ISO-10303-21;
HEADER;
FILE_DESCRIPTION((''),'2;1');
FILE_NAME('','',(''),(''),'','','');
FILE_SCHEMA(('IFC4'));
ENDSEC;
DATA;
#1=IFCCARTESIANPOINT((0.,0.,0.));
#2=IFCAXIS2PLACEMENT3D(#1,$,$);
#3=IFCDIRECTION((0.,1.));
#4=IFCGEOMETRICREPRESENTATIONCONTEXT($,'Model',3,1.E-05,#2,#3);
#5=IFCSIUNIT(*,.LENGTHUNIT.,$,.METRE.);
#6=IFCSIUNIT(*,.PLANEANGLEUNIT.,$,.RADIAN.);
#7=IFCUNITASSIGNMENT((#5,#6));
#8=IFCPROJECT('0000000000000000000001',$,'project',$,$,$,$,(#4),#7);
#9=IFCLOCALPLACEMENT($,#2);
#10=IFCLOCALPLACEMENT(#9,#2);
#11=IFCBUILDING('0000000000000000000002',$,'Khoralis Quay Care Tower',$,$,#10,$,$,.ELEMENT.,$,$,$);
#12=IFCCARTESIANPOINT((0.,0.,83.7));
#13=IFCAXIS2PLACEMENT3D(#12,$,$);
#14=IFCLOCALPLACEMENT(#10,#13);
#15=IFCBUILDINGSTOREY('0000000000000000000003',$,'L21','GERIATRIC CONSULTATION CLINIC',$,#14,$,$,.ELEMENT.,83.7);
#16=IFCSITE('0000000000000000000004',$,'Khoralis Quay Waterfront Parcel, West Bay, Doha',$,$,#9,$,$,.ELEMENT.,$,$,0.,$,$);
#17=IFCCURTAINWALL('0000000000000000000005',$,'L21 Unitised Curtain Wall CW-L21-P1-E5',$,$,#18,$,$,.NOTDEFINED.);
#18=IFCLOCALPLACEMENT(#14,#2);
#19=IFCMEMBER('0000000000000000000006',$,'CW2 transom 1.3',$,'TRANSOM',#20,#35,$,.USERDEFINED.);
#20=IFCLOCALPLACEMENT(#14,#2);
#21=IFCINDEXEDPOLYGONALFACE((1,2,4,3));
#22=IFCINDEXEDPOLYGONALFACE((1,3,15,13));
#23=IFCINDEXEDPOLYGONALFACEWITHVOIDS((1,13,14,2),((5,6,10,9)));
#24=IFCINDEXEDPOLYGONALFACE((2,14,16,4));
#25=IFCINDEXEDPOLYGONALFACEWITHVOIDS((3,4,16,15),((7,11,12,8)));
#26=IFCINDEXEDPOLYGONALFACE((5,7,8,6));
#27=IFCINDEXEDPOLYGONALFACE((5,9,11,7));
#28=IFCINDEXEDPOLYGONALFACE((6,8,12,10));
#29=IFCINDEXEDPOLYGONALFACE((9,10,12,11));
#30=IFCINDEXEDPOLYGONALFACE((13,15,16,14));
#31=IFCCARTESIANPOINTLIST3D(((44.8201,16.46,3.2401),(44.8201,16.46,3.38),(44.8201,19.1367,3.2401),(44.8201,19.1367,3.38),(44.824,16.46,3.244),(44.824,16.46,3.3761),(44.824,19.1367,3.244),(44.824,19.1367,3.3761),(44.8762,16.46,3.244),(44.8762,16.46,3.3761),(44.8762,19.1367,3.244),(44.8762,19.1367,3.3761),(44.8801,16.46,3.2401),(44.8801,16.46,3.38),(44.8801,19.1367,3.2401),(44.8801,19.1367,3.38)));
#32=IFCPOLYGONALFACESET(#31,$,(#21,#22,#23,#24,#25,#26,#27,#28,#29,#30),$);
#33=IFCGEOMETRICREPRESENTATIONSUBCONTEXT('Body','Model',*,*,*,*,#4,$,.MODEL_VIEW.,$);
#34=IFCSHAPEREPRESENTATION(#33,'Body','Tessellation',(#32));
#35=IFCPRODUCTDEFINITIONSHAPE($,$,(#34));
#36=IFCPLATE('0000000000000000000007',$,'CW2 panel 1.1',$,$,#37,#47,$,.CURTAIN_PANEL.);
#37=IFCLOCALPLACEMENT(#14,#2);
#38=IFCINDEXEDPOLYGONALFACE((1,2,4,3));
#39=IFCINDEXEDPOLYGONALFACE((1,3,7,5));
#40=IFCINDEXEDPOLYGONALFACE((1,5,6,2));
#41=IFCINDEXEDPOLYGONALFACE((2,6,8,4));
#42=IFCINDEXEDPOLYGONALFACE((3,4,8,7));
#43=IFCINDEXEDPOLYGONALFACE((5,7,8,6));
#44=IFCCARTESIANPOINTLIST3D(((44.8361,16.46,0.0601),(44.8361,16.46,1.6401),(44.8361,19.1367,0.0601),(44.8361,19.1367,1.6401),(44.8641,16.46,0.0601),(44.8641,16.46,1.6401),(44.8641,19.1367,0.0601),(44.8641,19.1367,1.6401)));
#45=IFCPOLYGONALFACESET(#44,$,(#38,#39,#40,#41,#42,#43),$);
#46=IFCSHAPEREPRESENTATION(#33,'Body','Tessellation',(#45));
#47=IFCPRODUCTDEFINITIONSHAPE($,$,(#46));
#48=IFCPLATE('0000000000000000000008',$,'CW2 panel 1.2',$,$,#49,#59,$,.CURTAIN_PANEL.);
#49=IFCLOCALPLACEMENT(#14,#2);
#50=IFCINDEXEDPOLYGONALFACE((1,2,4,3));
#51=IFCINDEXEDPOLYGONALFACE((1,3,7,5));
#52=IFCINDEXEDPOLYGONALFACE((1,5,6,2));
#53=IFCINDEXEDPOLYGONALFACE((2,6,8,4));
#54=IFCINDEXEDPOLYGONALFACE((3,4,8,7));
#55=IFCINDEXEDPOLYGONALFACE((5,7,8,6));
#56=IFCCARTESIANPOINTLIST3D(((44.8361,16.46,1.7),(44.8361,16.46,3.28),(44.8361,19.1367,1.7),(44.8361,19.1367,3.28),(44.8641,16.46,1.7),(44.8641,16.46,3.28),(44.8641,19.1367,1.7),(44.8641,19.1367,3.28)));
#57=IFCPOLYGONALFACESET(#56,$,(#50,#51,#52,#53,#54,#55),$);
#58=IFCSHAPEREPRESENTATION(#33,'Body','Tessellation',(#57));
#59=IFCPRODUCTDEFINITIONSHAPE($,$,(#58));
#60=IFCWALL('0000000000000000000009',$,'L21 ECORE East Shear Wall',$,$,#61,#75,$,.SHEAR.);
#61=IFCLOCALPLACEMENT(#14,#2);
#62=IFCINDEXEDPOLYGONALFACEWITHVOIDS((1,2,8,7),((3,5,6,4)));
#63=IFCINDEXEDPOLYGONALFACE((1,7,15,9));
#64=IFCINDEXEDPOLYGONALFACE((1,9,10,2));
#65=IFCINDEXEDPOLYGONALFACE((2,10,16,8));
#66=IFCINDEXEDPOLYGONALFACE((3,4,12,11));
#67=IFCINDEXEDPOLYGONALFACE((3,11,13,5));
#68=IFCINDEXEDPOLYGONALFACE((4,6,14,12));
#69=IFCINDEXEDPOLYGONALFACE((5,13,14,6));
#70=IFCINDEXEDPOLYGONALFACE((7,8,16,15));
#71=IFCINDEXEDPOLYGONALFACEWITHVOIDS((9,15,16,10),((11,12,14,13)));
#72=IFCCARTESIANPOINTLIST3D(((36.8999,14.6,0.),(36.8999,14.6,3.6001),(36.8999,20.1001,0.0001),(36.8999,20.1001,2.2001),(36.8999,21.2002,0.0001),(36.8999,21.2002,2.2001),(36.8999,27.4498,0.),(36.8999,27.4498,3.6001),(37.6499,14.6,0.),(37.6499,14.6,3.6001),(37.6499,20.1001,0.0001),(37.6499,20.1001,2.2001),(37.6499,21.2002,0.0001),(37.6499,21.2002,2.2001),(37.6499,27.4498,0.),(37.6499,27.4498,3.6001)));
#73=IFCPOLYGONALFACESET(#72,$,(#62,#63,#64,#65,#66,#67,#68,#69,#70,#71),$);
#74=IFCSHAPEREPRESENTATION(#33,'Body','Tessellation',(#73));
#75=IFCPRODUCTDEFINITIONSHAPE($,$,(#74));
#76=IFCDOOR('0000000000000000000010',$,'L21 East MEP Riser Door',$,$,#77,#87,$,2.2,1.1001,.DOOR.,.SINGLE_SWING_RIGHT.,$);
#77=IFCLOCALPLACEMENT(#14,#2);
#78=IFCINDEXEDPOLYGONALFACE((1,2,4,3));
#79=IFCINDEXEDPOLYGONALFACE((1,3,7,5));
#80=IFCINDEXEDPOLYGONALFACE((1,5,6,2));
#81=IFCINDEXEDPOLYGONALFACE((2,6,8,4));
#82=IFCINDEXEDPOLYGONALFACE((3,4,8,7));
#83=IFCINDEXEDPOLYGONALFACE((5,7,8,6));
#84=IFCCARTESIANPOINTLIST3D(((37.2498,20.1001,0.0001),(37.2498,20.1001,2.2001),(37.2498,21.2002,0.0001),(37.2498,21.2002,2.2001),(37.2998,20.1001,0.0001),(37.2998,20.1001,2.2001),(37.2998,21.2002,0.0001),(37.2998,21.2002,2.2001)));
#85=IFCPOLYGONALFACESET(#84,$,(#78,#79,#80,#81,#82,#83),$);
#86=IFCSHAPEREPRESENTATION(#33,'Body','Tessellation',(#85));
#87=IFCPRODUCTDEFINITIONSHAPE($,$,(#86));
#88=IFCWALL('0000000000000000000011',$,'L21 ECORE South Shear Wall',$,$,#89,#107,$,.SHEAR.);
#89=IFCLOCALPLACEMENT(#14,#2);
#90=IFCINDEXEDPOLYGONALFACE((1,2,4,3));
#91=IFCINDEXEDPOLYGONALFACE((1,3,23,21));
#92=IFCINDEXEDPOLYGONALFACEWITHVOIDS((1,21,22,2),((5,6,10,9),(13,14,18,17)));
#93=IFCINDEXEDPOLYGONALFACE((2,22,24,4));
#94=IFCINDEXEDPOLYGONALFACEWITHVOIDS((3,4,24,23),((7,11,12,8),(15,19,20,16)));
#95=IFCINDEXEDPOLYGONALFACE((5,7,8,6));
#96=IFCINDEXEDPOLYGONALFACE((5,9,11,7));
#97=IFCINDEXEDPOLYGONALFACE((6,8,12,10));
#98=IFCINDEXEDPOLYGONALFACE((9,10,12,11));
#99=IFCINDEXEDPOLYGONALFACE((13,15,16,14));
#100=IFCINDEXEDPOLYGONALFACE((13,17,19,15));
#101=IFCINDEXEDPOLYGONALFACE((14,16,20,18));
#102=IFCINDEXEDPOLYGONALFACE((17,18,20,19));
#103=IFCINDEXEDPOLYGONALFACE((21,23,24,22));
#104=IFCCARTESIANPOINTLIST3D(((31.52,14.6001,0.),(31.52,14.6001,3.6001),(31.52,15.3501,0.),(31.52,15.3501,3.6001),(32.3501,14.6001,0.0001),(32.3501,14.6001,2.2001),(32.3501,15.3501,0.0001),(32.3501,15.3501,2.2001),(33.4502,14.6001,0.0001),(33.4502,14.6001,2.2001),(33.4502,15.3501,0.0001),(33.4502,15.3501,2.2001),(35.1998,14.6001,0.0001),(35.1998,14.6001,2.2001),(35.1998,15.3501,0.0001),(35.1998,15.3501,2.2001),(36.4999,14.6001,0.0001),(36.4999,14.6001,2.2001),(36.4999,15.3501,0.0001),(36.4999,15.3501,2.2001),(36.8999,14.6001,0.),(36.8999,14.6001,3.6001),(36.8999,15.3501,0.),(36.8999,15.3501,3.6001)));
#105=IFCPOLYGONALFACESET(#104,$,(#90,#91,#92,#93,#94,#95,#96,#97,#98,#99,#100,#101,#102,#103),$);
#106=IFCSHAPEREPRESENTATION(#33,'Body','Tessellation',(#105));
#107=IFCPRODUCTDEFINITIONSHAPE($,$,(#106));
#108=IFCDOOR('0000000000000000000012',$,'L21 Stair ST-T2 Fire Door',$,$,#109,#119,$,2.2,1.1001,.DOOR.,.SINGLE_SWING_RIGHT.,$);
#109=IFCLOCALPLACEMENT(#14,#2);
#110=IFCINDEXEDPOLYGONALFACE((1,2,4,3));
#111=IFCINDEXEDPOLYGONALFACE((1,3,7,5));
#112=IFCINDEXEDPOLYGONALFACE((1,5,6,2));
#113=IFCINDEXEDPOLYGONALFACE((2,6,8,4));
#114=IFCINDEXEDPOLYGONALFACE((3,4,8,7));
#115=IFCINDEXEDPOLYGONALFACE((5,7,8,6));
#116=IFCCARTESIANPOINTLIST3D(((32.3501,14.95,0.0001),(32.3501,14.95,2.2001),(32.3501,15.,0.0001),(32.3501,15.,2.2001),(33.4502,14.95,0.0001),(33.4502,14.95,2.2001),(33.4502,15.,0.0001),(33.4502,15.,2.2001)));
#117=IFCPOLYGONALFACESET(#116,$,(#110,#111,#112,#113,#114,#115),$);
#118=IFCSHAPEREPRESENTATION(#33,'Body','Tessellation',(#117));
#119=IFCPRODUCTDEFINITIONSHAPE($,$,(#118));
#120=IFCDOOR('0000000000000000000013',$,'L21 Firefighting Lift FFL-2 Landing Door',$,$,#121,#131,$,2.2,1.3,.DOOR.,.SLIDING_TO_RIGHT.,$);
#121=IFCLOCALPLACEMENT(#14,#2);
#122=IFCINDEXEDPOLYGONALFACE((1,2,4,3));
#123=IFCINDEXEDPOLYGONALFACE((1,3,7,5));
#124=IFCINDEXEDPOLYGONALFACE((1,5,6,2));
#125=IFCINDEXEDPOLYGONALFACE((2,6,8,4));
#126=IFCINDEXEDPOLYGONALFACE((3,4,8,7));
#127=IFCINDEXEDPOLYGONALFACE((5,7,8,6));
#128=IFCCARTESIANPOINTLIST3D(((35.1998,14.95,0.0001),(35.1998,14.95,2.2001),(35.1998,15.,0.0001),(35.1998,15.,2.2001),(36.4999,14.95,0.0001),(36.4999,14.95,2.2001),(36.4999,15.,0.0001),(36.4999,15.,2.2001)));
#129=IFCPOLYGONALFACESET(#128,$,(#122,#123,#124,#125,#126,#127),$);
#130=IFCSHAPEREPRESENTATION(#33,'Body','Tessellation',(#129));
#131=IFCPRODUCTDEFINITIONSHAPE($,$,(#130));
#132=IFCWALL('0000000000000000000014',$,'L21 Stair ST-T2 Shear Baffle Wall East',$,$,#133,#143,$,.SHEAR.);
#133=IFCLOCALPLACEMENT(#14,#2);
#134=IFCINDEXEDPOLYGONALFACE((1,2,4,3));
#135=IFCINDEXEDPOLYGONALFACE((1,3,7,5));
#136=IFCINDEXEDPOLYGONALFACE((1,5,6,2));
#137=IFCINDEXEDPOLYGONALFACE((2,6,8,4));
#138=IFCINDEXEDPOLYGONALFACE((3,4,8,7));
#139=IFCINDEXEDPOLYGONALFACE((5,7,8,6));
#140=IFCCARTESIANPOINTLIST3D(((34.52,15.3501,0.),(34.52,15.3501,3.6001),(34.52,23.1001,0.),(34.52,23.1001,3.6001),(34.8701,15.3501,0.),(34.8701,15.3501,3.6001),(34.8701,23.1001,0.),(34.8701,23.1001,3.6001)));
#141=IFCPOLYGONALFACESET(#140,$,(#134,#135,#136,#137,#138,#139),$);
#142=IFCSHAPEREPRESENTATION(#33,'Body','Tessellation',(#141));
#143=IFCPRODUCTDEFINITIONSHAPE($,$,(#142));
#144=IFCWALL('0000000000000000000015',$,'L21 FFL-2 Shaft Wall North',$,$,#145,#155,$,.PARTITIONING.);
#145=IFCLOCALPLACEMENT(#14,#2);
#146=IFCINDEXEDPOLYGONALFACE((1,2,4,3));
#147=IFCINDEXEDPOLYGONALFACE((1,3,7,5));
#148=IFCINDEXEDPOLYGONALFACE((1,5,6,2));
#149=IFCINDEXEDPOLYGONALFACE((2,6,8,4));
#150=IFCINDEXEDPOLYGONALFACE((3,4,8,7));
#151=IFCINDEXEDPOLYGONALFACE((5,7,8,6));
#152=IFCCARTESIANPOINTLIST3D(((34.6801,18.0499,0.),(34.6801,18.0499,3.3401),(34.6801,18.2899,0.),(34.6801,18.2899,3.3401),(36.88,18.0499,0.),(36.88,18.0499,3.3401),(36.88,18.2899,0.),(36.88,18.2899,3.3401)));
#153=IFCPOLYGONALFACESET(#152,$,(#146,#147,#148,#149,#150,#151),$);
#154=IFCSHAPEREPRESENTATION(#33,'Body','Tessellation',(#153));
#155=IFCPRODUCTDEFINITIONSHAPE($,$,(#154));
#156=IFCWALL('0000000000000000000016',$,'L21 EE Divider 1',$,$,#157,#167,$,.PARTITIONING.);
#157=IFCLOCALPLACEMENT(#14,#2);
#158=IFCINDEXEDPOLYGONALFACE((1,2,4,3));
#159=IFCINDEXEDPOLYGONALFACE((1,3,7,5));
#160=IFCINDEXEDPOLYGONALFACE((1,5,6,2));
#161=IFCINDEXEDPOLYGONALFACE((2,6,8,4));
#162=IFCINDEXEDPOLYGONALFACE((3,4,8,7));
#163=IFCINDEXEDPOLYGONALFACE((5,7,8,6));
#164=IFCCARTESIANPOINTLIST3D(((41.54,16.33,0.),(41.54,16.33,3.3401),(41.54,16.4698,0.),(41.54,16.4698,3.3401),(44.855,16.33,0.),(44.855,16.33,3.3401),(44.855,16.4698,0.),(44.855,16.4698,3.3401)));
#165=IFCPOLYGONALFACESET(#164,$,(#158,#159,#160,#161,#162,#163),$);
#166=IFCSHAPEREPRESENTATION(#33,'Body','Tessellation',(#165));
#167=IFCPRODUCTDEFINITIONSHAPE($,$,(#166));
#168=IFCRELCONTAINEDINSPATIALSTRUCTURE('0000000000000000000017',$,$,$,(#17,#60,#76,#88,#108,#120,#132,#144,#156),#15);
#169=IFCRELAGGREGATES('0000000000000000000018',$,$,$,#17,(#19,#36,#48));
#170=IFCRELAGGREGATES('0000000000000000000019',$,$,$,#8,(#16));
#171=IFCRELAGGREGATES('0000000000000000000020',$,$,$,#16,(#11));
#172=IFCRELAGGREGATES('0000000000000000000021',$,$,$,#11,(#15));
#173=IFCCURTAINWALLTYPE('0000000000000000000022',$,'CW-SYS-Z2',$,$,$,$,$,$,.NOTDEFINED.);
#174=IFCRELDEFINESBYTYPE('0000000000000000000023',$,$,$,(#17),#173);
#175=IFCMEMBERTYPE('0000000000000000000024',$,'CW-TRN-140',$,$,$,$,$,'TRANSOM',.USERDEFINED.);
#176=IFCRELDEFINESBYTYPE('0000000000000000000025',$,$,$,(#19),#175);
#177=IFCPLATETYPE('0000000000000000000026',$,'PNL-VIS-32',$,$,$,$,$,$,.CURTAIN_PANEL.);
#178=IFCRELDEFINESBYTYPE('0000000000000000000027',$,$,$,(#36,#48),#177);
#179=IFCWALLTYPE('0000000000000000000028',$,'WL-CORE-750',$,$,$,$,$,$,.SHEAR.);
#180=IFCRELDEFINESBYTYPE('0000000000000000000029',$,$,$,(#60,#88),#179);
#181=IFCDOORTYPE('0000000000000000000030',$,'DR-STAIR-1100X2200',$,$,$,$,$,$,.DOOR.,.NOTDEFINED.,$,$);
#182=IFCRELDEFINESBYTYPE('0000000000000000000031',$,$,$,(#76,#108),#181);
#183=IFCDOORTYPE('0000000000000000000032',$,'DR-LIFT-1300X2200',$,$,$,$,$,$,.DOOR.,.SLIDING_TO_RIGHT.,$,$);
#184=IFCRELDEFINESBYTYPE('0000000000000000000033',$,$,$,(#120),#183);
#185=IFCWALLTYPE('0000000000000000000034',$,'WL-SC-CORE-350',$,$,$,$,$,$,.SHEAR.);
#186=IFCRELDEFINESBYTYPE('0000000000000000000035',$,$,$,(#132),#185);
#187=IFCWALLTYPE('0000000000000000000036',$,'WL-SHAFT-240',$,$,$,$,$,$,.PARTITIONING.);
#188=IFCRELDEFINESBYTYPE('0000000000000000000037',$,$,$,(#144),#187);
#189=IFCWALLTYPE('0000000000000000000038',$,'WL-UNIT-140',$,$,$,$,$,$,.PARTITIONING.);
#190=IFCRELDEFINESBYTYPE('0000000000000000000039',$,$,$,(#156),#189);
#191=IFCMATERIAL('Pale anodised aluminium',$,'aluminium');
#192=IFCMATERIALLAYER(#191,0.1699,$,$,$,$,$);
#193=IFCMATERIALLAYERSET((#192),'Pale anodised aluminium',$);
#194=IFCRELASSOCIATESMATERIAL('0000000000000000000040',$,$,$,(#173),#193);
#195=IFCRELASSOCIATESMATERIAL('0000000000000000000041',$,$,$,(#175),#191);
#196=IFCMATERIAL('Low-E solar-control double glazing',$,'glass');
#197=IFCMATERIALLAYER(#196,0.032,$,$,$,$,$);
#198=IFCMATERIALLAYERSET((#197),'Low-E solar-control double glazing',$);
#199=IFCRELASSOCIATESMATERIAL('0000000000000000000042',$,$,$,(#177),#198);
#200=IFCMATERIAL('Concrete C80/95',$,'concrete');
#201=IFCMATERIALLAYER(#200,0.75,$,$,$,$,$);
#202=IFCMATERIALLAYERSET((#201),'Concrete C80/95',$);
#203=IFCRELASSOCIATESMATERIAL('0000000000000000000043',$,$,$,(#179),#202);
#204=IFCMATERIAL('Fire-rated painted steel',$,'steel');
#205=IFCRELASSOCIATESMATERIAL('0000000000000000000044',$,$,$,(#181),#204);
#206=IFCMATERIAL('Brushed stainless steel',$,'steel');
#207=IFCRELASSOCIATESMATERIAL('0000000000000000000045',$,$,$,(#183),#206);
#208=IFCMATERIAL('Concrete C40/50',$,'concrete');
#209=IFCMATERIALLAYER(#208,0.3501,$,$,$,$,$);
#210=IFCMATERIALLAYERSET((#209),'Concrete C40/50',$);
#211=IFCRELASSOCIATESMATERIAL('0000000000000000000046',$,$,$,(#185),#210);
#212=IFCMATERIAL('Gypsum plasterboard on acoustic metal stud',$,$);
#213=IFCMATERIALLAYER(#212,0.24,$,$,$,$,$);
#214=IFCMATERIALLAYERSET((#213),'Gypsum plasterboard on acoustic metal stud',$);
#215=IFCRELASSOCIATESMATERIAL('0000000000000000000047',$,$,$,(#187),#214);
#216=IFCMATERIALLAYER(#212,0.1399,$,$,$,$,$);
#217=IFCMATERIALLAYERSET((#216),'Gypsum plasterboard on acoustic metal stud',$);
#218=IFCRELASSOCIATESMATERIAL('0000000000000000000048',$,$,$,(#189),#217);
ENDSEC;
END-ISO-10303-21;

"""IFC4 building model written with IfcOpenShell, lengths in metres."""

from ifc_helpers import new_model, si_unit, direction, frame, frame_2d, origin, origin_2d, place, context, subcontext, project, spatial, rectangle, hollow_rectangle, extrude, source, transform, mapped, material, layer, layer_set, material_profile, profile_set, type_object, element, fill, aggregate, save


model = new_model("IFC4")

# Units and contexts
model_context = context("Model", 3, precision=1e-05, world=origin(), true_north=direction((0.0, 1.0)))
body_context = subcontext(model_context, "Body", "Model", "MODEL_VIEW")
ifc_project = project(units=[si_unit("LENGTHUNIT", "METRE"), si_unit("PLANEANGLEUNIT", "RADIAN")], contexts=[model_context])

# Site, building, storey
site_placement = place(None, origin())
site = spatial("IfcSite", under=ifc_project, at=site_placement, Name="Khoralis Quay Waterfront Parcel, West Bay, Doha", CompositionType="ELEMENT", RefElevation=0.0)
building_placement = place(site_placement, origin())
building = spatial("IfcBuilding", under=site, at=building_placement, Name="Khoralis Quay Care Tower", CompositionType="ELEMENT")
storey_placement = place(building_placement, frame((0.0, 0.0, 83.7)))
storey = spatial("IfcBuildingStorey", under=building, at=storey_placement, Name="L21", Description="GERIATRIC CONSULTATION CLINIC", CompositionType="ELEMENT", Elevation=83.7)

# Curtain wall, member, plates
ifc_material_1 = material(Name="Pale anodised aluminium", Category="aluminium")
ifc_layer_1 = layer(ifc_material_1, 0.1699)
ifc_layer_set_1 = layer_set([ifc_layer_1], Name="Pale anodised aluminium")
curtain_wall_type = type_object("IfcCurtainWallType", Name="CW-SYS-Z2", PredefinedType="NOTDEFINED", material=ifc_layer_set_1)
curtain_wall_placement = place(storey_placement, origin())
curtain_wall = element("IfcCurtainWall", 1, at=curtain_wall_placement, inside=storey, type_object=curtain_wall_type, Name="L21 Unitised Curtain Wall CW-L21-P1-E5", PredefinedType="NOTDEFINED")
ifc_material_profile_1 = material_profile(ifc_material_1, hollow_rectangle(XDim=0.0601, YDim=0.1399, WallThickness=0.0039, at=origin_2d()), Name="Pale anodised aluminium")
ifc_profile_set_1 = profile_set([ifc_material_profile_1], Name="Pale anodised aluminium")
member_type_1 = type_object("IfcMemberType", Name="CW-TRN-140", ElementType="TRANSOM", PredefinedType="USERDEFINED", material=ifc_profile_set_1)
shared_shape_1 = source(origin(), body_context, "Body", "SweptSolid", [
    extrude(hollow_rectangle(XDim=0.0601, YDim=0.1399, WallThickness=0.0039, at=origin_2d()), origin(), (0.0, 0.0, 1.0), 2.6768),
])
member_1_placement = place(storey_placement, frame((44.8501, 16.46, 3.3101), z_axis=(0.0, 1.0, 0.0), x_axis=(-1.0, 0.0, 0.0)))
member_1 = element("IfcMember", 2, at=member_1_placement, type_object=member_type_1, Name="CW2 transom 1.3", ObjectType="TRANSOM", PredefinedType="USERDEFINED", context=body_context, shape_type="MappedRepresentation", body=[
    mapped(shared_shape_1, transform((0.0, 0.0, 0.0), scale=1.0)),
])
ifc_material_2 = material(Name="Low-E solar-control double glazing", Category="glass")
ifc_layer_2 = layer(ifc_material_2, 0.032)
ifc_layer_set_2 = layer_set([ifc_layer_2], Name="Low-E solar-control double glazing")
plate_type = type_object("IfcPlateType", Name="PNL-VIS-32", PredefinedType="CURTAIN_PANEL", material=ifc_layer_set_2)
shared_shape_2 = source(origin(), body_context, "Body", "SweptSolid", [
    extrude(rectangle(XDim=2.6768, YDim=0.0281, at=origin_2d()), origin(), (0.0, 0.0, 1.0), 1.5801),
])
plate_1_placement = place(storey_placement, frame((44.8501, 17.7983, 0.0601), z_axis=(0.0, 0.0, 1.0), x_axis=(0.0, 1.0, 0.0)))
plate_1 = element("IfcPlate", 3, at=plate_1_placement, type_object=plate_type, Name="CW2 panel 1.1", PredefinedType="CURTAIN_PANEL", context=body_context, shape_type="MappedRepresentation", body=[
    mapped(shared_shape_2, transform((0.0, 0.0, 0.0), scale=1.0)),
])
plate_2_placement = place(storey_placement, frame((44.8501, 17.7983, 1.7), z_axis=(0.0, 0.0, 1.0), x_axis=(0.0, 1.0, 0.0)))
plate_2 = element("IfcPlate", 4, at=plate_2_placement, type_object=plate_type, Name="CW2 panel 1.2", PredefinedType="CURTAIN_PANEL", context=body_context, shape_type="MappedRepresentation", body=[
    mapped(shared_shape_2, transform((0.0, 0.0, 0.0), scale=1.0)),
])
aggregate(curtain_wall, [member_1, plate_1, plate_2])

# Wall, opening, door
ifc_material_3 = material(Name="Concrete C80/95", Category="concrete")
ifc_layer_3 = layer(ifc_material_3, 0.75)
ifc_layer_set_3 = layer_set([ifc_layer_3], Name="Concrete C80/95")
wall_type_1 = type_object("IfcWallType", Name="WL-CORE-750", PredefinedType="SHEAR", material=ifc_layer_set_3)
wall_1_placement = place(storey_placement, frame((37.2749, 14.6001, 0.0), z_axis=(0.0, 0.0, 1.0), x_axis=(0.0, 1.0, 0.0)))
wall_1 = element("IfcWall", 5, at=wall_1_placement, inside=storey, type_object=wall_type_1, Name="L21 ECORE East Shear Wall", PredefinedType="SHEAR", context=body_context, shape_type="SweptSolid", body=[
    extrude(rectangle(XDim=12.8499, YDim=0.75, at=frame_2d((6.4248, 0.0))), origin(), (0.0, 0.0, 1.0), 3.6001),
])
opening_1_placement = place(wall_1_placement, frame((5.5, 0.0, 0.0)))
opening_1 = element("IfcOpeningElement", 6, at=opening_1_placement, cuts=wall_1, PredefinedType="OPENING", context=body_context, shape_type="SweptSolid", body=[
    extrude(rectangle(XDim=1.1001, YDim=2.2, at=frame_2d((0.55, 1.1001))), frame((0.0, 0.385, 0.0), z_axis=(0.0, -1.0, 0.0), x_axis=(1.0, 0.0, 0.0)), (0.0, 0.0, 1.0), 0.77),
])
ifc_material_4 = material(Name="Fire-rated painted steel", Category="steel")
door_type_1 = type_object("IfcDoorType", Name="DR-STAIR-1100X2200", OperationType="NOTDEFINED", PredefinedType="DOOR", material=ifc_material_4)
shared_shape_3 = source(origin(), body_context, "Body", "SweptSolid", [
    extrude(rectangle(XDim=1.1001, YDim=2.2, at=frame_2d((0.55, 1.1001))), frame((0.0, 0.0249, 0.0), z_axis=(0.0, -1.0, 0.0), x_axis=(1.0, 0.0, 0.0)), (0.0, 0.0, 1.0), 0.05),
])
door_1_placement = place(opening_1_placement, frame((1.1001, 0.0, 0.0), z_axis=(0.0, 0.0, 1.0), x_axis=(-1.0, 0.0, 0.0)))
door_1 = element("IfcDoor", 7, at=door_1_placement, inside=storey, type_object=door_type_1, Name="L21 East MEP Riser Door", OperationType="SINGLE_SWING_RIGHT", OverallHeight=2.2, OverallWidth=1.1001, PredefinedType="DOOR", context=body_context, shape_type="MappedRepresentation", body=[
    mapped(shared_shape_3, transform((0.0, 0.0, 0.0), scale=1.0)),
])
fill(opening_1, door_1)

# Wall, openings, doors
wall_2_placement = place(storey_placement, frame((31.52, 14.9751, 0.0), z_axis=(0.0, 0.0, 1.0), x_axis=(1.0, 0.0, 0.0)))
wall_2 = element("IfcWall", 8, at=wall_2_placement, inside=storey, type_object=wall_type_1, Name="L21 ECORE South Shear Wall", PredefinedType="SHEAR", context=body_context, shape_type="SweptSolid", body=[
    extrude(rectangle(XDim=5.3799, YDim=0.75, at=frame_2d((2.6899, 0.0))), origin(), (0.0, 0.0, 1.0), 3.6001),
])
opening_2_placement = place(wall_2_placement, frame((0.8301, 0.0, 0.0)))
opening_2 = element("IfcOpeningElement", 9, at=opening_2_placement, cuts=wall_2, PredefinedType="OPENING", context=body_context, shape_type="SweptSolid", body=[
    extrude(rectangle(XDim=1.1001, YDim=2.2, at=frame_2d((0.55, 1.1001))), frame((0.0, 0.385, 0.0), z_axis=(0.0, -1.0, 0.0), x_axis=(1.0, 0.0, 0.0)), (0.0, 0.0, 1.0), 0.77),
])
opening_3_placement = place(wall_2_placement, frame((3.6799, 0.0, 0.0)))
opening_3 = element("IfcOpeningElement", 10, at=opening_3_placement, cuts=wall_2, PredefinedType="OPENING", context=body_context, shape_type="SweptSolid", body=[
    extrude(rectangle(XDim=1.3, YDim=2.2, at=frame_2d((0.6499, 1.1001))), frame((0.0, 0.385, 0.0), z_axis=(0.0, -1.0, 0.0), x_axis=(1.0, 0.0, 0.0)), (0.0, 0.0, 1.0), 0.77),
])
door_2_placement = place(opening_2_placement, origin())
door_2 = element("IfcDoor", 11, at=door_2_placement, inside=storey, type_object=door_type_1, Name="L21 Stair ST-T2 Fire Door", OperationType="SINGLE_SWING_RIGHT", OverallHeight=2.2, OverallWidth=1.1001, PredefinedType="DOOR", context=body_context, shape_type="MappedRepresentation", body=[
    mapped(shared_shape_3, transform((0.0, 0.0, 0.0), scale=1.0)),
])
fill(opening_2, door_2)
ifc_material_5 = material(Name="Brushed stainless steel", Category="steel")
door_type_2 = type_object("IfcDoorType", Name="DR-LIFT-1300X2200", OperationType="SLIDING_TO_RIGHT", PredefinedType="DOOR", material=ifc_material_5)
shared_shape_4 = source(origin(), body_context, "Body", "SweptSolid", [
    extrude(rectangle(XDim=1.3, YDim=2.2, at=frame_2d((0.6499, 1.1001))), frame((0.0, 0.0249, 0.0), z_axis=(0.0, -1.0, 0.0), x_axis=(1.0, 0.0, 0.0)), (0.0, 0.0, 1.0), 0.05),
])
door_3_placement = place(opening_3_placement, origin())
door_3 = element("IfcDoor", 12, at=door_3_placement, inside=storey, type_object=door_type_2, Name="L21 Firefighting Lift FFL-2 Landing Door", OperationType="SLIDING_TO_RIGHT", OverallHeight=2.2, OverallWidth=1.3, PredefinedType="DOOR", context=body_context, shape_type="MappedRepresentation", body=[
    mapped(shared_shape_4, transform((0.0, 0.0, 0.0), scale=1.0)),
])
fill(opening_3, door_3)

# Walls
ifc_material_6 = material(Name="Concrete C40/50", Category="concrete")
ifc_layer_4 = layer(ifc_material_6, 0.3501)
ifc_layer_set_4 = layer_set([ifc_layer_4], Name="Concrete C40/50")
wall_type_2 = type_object("IfcWallType", Name="WL-SC-CORE-350", PredefinedType="SHEAR", material=ifc_layer_set_4)
wall_3_placement = place(storey_placement, frame((34.6951, 15.3501, 0.0), z_axis=(0.0, 0.0, 1.0), x_axis=(0.0, 1.0, 0.0)))
element("IfcWall", 13, at=wall_3_placement, inside=storey, type_object=wall_type_2, Name="L21 Stair ST-T2 Shear Baffle Wall East", PredefinedType="SHEAR", context=body_context, shape_type="SweptSolid", body=[
    extrude(rectangle(XDim=7.75, YDim=0.3501, at=frame_2d((3.875, 0.0))), origin(), (0.0, 0.0, 1.0), 3.6001),
])
ifc_material_7 = material(Name="Gypsum plasterboard on acoustic metal stud")
ifc_layer_5 = layer(ifc_material_7, 0.24)
ifc_layer_set_5 = layer_set([ifc_layer_5], Name="Gypsum plasterboard on acoustic metal stud")
wall_type_3 = type_object("IfcWallType", Name="WL-SHAFT-240", PredefinedType="PARTITIONING", material=ifc_layer_set_5)
wall_4_placement = place(storey_placement, frame((34.6799, 18.1699, 0.0), z_axis=(0.0, 0.0, 1.0), x_axis=(1.0, 0.0, 0.0)))
element("IfcWall", 14, at=wall_4_placement, inside=storey, type_object=wall_type_3, Name="L21 FFL-2 Shaft Wall North", PredefinedType="PARTITIONING", context=body_context, shape_type="SweptSolid", body=[
    extrude(rectangle(XDim=2.2, YDim=0.24, at=frame_2d((1.1001, 0.0))), origin(), (0.0, 0.0, 1.0), 3.3401),
])
ifc_layer_6 = layer(ifc_material_7, 0.1399)
ifc_layer_set_6 = layer_set([ifc_layer_6], Name="Gypsum plasterboard on acoustic metal stud")
wall_type_4 = type_object("IfcWallType", Name="WL-UNIT-140", PredefinedType="PARTITIONING", material=ifc_layer_set_6)
wall_5_placement = place(storey_placement, frame((41.54, 16.3999, 0.0), z_axis=(0.0, 0.0, 1.0), x_axis=(1.0, 0.0, 0.0)))
element("IfcWall", 15, at=wall_5_placement, inside=storey, type_object=wall_type_4, Name="L21 EE Divider 1", PredefinedType="PARTITIONING", context=body_context, shape_type="SweptSolid", body=[
    extrude(rectangle(XDim=3.3149, YDim=0.1399, at=frame_2d((1.6575, 0.0))), origin(), (0.0, 0.0, 1.0), 3.3401),
])

save(model, "model.ifc")
